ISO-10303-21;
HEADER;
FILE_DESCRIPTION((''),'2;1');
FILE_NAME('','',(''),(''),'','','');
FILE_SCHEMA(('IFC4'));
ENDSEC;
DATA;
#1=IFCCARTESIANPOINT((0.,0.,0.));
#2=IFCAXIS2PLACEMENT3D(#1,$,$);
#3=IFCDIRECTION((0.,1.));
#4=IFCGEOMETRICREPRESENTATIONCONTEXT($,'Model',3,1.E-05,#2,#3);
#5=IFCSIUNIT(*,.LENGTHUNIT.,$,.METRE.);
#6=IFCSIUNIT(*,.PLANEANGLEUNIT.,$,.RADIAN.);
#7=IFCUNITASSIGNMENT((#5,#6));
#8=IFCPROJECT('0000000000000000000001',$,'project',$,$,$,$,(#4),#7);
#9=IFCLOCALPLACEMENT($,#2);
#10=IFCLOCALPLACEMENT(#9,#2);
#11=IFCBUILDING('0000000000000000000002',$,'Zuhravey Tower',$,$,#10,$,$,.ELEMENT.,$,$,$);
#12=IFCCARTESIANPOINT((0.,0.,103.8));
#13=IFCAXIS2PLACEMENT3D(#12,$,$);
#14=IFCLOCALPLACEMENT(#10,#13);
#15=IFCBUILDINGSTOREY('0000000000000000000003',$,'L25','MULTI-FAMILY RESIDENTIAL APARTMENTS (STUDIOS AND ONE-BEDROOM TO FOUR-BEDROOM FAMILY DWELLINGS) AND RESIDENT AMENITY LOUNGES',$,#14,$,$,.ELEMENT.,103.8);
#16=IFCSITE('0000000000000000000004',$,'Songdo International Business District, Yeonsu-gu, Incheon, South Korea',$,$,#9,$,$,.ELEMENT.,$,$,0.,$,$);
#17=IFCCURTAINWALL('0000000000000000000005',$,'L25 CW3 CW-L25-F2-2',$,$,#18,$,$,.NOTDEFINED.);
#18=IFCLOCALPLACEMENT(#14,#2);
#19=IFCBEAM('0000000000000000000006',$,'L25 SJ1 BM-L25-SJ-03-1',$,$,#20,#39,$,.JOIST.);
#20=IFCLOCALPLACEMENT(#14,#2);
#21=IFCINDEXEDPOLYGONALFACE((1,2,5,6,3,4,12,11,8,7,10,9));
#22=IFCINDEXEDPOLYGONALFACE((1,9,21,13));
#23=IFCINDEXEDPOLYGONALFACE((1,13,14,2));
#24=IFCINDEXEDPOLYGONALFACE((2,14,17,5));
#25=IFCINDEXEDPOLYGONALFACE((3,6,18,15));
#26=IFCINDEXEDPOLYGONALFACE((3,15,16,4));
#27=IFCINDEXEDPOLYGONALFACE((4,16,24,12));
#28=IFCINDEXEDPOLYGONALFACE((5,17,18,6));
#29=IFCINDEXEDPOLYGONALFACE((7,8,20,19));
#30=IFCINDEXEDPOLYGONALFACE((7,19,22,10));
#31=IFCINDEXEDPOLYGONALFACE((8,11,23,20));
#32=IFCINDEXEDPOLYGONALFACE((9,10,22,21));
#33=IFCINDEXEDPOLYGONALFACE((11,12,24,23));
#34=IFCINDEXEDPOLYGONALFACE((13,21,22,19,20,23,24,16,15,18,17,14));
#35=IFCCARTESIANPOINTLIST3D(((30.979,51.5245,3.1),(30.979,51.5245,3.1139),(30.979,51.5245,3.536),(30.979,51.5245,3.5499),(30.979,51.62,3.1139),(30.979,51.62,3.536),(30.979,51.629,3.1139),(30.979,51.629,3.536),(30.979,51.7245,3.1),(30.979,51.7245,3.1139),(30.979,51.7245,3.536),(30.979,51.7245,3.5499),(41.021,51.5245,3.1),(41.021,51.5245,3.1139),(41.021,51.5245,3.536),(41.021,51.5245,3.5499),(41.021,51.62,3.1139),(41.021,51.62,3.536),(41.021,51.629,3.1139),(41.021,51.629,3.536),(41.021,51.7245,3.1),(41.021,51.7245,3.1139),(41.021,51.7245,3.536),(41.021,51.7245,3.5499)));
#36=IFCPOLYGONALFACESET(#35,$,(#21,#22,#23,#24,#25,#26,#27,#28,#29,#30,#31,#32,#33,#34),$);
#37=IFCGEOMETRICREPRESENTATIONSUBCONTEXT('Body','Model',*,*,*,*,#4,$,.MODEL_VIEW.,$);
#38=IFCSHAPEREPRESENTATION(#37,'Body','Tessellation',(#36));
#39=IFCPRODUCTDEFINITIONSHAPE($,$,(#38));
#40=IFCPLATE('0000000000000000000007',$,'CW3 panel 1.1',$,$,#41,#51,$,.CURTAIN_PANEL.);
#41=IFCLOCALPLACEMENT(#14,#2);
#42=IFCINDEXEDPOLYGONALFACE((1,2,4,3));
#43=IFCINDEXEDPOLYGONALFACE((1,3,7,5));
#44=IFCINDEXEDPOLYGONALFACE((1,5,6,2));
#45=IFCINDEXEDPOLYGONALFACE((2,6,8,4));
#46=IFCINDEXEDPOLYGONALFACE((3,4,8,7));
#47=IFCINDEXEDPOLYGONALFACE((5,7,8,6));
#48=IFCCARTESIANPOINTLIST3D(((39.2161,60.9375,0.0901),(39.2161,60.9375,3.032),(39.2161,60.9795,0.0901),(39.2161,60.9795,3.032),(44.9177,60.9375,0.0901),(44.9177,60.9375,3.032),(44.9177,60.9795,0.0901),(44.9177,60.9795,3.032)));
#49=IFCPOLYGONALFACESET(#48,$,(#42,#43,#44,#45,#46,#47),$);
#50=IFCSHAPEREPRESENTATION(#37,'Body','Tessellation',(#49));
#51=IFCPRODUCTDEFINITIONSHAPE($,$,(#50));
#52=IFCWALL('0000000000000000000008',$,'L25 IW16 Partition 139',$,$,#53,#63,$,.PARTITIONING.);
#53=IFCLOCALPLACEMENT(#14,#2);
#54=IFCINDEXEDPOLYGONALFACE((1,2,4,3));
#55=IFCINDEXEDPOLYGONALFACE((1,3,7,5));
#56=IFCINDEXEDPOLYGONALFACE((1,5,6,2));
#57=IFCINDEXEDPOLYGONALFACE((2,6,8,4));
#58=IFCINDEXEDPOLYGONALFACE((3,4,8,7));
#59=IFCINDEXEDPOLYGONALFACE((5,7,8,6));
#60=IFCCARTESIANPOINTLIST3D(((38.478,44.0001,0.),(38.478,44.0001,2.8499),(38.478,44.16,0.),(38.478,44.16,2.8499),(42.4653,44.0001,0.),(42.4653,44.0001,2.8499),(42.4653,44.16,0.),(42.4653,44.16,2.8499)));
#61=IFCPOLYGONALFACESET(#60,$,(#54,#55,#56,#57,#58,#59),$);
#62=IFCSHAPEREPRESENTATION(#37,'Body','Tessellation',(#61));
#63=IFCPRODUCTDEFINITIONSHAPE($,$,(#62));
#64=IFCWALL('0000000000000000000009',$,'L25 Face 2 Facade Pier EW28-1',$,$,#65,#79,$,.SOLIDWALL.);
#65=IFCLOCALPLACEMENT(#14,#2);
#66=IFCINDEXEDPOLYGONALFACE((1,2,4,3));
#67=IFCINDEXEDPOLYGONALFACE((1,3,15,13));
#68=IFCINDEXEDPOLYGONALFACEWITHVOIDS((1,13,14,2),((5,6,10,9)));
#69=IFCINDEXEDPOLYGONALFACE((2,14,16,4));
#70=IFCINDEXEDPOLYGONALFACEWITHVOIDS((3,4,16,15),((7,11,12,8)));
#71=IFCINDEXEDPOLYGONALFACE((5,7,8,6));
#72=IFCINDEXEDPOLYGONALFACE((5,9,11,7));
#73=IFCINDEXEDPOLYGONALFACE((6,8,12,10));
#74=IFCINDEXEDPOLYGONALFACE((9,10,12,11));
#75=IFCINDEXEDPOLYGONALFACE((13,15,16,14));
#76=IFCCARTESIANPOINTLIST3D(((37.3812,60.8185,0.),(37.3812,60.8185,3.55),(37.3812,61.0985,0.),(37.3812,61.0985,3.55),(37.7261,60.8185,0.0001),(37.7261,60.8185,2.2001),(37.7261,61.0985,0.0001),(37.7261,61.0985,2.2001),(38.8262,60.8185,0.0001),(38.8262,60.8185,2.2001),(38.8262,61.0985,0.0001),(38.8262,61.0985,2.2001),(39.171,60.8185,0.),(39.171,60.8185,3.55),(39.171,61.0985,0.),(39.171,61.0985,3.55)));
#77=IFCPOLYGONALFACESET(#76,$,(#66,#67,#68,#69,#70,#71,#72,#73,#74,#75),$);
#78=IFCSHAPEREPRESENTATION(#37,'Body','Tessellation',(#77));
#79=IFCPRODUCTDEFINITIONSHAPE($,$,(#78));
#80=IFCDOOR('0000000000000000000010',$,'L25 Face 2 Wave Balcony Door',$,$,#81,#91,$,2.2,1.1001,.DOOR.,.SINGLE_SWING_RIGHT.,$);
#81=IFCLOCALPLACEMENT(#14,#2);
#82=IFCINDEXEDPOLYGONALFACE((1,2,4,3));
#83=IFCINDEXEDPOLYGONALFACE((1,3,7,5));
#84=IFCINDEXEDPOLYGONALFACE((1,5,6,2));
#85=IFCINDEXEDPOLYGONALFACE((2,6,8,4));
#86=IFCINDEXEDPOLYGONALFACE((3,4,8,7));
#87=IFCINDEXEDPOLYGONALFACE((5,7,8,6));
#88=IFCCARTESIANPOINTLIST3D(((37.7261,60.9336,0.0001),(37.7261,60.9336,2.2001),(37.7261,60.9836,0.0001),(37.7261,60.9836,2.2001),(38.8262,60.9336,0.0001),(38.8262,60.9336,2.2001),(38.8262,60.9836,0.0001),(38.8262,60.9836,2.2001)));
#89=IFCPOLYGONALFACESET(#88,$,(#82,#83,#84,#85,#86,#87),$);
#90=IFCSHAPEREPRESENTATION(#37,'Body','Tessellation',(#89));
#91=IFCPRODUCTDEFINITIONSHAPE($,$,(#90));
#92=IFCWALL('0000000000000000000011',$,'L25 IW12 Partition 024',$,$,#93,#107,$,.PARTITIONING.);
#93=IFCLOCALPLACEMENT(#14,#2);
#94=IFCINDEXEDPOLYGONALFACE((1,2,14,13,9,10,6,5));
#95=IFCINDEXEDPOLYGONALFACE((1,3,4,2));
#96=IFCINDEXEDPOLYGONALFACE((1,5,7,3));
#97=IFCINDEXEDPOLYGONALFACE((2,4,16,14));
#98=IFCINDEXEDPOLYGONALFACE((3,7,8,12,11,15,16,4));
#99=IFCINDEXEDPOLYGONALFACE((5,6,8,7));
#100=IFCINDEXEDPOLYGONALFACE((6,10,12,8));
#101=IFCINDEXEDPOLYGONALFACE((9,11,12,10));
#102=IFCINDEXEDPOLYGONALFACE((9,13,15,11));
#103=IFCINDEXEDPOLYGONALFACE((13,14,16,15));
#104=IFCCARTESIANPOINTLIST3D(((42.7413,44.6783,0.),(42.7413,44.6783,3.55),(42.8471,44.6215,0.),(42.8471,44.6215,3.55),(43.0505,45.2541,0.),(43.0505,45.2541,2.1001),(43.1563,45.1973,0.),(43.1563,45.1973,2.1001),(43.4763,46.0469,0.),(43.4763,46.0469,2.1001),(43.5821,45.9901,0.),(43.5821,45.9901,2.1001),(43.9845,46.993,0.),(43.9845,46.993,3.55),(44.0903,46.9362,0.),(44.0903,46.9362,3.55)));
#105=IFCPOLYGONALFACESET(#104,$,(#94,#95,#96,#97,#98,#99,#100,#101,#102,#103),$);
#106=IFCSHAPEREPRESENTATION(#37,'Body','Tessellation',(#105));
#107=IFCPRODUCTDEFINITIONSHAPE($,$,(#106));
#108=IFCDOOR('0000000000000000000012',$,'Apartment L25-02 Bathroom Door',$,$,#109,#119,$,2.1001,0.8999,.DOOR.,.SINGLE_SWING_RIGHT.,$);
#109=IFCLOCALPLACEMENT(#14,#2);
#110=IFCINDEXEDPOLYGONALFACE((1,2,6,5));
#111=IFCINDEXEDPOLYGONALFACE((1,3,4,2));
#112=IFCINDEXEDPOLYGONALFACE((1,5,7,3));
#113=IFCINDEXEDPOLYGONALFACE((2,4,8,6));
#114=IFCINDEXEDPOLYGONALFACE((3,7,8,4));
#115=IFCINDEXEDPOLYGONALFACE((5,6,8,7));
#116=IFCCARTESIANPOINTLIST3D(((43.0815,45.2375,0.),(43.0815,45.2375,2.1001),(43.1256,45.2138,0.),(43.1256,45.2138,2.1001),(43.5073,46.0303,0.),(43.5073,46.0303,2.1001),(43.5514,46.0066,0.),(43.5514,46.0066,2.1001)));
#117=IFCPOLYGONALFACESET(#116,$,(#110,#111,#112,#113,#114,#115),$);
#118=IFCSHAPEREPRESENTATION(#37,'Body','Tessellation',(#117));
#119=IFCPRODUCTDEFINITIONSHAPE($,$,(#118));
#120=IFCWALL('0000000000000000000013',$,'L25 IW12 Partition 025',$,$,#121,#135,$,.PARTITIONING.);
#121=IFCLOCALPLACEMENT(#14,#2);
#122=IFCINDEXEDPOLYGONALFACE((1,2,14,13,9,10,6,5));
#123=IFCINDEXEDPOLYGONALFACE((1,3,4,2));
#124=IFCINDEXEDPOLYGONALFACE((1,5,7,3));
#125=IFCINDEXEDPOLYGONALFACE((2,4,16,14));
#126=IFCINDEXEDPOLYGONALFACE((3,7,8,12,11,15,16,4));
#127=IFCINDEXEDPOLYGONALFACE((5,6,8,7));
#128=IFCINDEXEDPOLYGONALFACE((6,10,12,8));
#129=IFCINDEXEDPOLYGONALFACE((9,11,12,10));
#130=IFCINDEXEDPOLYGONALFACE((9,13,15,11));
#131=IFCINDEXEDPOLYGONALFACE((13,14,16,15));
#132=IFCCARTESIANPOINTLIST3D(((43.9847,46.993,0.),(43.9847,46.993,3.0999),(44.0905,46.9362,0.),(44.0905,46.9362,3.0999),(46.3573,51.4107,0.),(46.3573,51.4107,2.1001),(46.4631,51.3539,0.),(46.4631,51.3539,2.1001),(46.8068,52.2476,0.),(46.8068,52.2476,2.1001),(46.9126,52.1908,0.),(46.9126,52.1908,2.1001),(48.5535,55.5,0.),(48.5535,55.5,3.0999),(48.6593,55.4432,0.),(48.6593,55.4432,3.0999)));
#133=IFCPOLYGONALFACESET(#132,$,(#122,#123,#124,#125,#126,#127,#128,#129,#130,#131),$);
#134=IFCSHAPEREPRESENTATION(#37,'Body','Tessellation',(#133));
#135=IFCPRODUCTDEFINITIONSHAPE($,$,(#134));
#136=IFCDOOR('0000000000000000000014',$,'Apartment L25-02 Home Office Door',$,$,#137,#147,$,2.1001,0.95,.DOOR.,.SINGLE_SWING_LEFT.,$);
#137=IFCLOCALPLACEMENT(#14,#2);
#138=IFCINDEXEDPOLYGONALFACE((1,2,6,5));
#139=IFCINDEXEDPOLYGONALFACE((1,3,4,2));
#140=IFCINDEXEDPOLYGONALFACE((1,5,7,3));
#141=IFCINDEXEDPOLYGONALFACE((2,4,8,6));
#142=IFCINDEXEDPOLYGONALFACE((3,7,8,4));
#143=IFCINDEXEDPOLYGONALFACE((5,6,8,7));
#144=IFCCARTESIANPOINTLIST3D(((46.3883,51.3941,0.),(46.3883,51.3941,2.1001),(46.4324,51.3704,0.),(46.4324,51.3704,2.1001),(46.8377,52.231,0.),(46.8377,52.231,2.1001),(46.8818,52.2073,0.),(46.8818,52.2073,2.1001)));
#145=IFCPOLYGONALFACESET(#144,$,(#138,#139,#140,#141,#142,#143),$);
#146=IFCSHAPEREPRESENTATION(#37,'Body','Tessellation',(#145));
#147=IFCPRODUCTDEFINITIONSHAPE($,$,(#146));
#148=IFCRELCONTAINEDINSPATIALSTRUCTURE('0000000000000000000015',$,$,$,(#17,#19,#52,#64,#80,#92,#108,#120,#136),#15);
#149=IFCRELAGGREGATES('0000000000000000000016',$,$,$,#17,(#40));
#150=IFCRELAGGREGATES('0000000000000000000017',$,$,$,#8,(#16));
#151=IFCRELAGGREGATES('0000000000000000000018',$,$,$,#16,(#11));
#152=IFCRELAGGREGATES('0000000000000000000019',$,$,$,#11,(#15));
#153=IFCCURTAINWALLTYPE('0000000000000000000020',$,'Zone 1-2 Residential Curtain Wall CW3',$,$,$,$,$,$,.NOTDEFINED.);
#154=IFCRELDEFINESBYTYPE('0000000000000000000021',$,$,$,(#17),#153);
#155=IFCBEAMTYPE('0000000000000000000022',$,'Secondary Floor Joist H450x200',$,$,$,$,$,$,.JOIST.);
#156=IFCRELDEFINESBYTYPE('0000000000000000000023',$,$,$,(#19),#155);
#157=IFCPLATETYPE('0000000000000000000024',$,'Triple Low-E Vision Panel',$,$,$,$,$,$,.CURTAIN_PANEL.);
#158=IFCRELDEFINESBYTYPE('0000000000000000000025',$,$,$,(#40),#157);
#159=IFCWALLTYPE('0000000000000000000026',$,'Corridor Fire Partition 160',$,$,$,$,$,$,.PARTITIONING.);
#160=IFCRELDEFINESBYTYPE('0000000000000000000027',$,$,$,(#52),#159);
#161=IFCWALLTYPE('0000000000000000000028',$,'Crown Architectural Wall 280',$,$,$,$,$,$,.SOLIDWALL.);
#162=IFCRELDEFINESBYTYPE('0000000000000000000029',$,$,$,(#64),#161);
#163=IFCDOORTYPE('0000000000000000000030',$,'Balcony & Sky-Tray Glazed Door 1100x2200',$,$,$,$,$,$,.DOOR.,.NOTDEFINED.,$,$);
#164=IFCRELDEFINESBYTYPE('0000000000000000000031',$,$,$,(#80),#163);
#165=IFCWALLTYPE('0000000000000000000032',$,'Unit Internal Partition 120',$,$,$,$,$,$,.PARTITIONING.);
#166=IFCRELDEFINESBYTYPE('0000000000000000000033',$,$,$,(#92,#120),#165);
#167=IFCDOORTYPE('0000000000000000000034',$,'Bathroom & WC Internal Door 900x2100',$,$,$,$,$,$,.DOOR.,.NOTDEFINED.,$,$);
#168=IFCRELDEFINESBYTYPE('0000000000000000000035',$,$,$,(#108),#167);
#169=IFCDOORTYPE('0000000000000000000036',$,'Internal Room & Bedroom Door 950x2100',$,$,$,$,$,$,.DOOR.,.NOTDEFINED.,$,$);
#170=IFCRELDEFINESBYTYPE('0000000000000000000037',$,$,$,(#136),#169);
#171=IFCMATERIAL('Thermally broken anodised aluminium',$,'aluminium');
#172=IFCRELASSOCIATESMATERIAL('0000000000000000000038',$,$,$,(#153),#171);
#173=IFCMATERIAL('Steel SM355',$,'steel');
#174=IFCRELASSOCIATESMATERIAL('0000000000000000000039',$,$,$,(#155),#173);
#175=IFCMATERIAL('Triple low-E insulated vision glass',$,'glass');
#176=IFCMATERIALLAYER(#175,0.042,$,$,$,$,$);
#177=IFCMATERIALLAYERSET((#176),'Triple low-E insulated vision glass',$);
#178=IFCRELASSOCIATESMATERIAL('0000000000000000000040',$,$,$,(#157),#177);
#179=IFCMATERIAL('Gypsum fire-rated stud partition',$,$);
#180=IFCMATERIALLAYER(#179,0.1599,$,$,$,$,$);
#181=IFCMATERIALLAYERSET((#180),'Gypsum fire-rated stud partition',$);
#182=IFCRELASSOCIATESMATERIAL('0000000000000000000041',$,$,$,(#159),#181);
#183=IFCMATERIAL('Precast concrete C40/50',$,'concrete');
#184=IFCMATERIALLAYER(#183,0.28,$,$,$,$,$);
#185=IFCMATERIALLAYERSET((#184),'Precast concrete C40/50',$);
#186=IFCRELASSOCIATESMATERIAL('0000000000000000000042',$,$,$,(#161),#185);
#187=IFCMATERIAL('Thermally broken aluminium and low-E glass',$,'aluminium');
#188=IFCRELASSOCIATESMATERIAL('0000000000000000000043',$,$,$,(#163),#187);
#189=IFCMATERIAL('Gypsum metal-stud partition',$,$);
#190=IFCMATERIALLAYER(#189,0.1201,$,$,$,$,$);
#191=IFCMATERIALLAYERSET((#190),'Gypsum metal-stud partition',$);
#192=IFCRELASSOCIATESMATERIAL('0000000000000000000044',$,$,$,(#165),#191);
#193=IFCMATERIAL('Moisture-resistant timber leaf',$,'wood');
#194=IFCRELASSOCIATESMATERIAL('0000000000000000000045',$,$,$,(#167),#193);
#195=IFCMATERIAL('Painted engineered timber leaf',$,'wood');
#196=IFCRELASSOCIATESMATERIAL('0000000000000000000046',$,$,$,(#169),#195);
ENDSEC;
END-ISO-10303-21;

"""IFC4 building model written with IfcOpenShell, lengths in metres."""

from ifc_helpers import new_model, si_unit, direction, frame, frame_2d, origin, origin_2d, place, context, subcontext, project, spatial, rectangle, i_section, extrude, material, layer, layer_set, material_profile, profile_set, type_object, element, fill, aggregate, save


model = new_model("IFC4")

# Units and contexts
model_context = context("Model", 3, precision=1e-05, world=origin(), true_north=direction((0.0, 1.0)))
body_context = subcontext(model_context, "Body", "Model", "MODEL_VIEW")
ifc_project = project(units=[si_unit("LENGTHUNIT", "METRE"), si_unit("PLANEANGLEUNIT", "RADIAN")], contexts=[model_context])

# Site, building, storey
site_placement = place(None, origin())
site = spatial("IfcSite", under=ifc_project, at=site_placement, Name="Songdo International Business District, Yeonsu-gu, Incheon, South Korea", CompositionType="ELEMENT", RefElevation=0.0)
building_placement = place(site_placement, origin())
building = spatial("IfcBuilding", under=site, at=building_placement, Name="Zuhravey Tower", CompositionType="ELEMENT")
storey_placement = place(building_placement, frame((0.0, 0.0, 103.8)))
storey = spatial("IfcBuildingStorey", under=building, at=storey_placement, Name="L25", Description="MULTI-FAMILY RESIDENTIAL APARTMENTS (STUDIOS AND ONE-BEDROOM TO FOUR-BEDROOM FAMILY DWELLINGS) AND RESIDENT AMENITY LOUNGES", CompositionType="ELEMENT", Elevation=103.8)

# Shared definitions
ifc_material_1 = material(Name="Thermally broken anodised aluminium", Category="aluminium")
curtain_wall_type = type_object("IfcCurtainWallType", Name="Zone 1-2 Residential Curtain Wall CW3", PredefinedType="NOTDEFINED", material=ifc_material_1)

# Curtain wall
curtain_wall_1_placement = place(storey_placement, origin())
curtain_wall_1 = element("IfcCurtainWall", 1, at=curtain_wall_1_placement, inside=storey, type_object=curtain_wall_type, Name="L25 CW3 CW-L25-F2-2", PredefinedType="NOTDEFINED")

# Beam
ifc_material_2 = material(Name="Steel SM355", Category="steel")
ifc_material_profile_1 = material_profile(ifc_material_2, i_section(OverallWidth=0.2, OverallDepth=0.45, WebThickness=0.009, FlangeThickness=0.0139, at=origin_2d()), Name="H-450x200x9x14")
ifc_profile_set_1 = profile_set([ifc_material_profile_1], Name="Steel SM355")
beam_type_1 = type_object("IfcBeamType", Name="Secondary Floor Joist H450x200", PredefinedType="JOIST", material=ifc_profile_set_1)
beam_1_placement = place(storey_placement, frame((41.021, 51.6245, 3.325), z_axis=(-1.0, 0.0, 0.0), x_axis=(0.0, -1.0, 0.0)))
element("IfcBeam", 2, at=beam_1_placement, inside=storey, type_object=beam_type_1, Name="L25 SJ1 BM-L25-SJ-03-1", PredefinedType="JOIST", context=body_context, shape_type="SweptSolid", body=[
    extrude(i_section(OverallWidth=0.2, OverallDepth=0.45, WebThickness=0.009, FlangeThickness=0.0139, at=origin_2d()), origin(), (0.0, 0.0, 1.0), 10.042),
])

# Plate
ifc_material_3 = material(Name="Triple low-E insulated vision glass", Category="glass")
ifc_layer_1 = layer(ifc_material_3, 0.042)
ifc_layer_set_1 = layer_set([ifc_layer_1], Name="Triple low-E insulated vision glass")
plate_type = type_object("IfcPlateType", Name="Triple Low-E Vision Panel", PredefinedType="CURTAIN_PANEL", material=ifc_layer_set_1)
plate_placement = place(storey_placement, frame((42.0669, 60.9585, 0.0901), z_axis=(0.0, 0.0, 1.0), x_axis=(1.0, 0.0, 0.0)))
plate = element("IfcPlate", 3, at=plate_placement, type_object=plate_type, Name="CW3 panel 1.1", PredefinedType="CURTAIN_PANEL", context=body_context, shape_type="SweptSolid", body=[
    extrude(rectangle(XDim=5.7017, YDim=0.042, at=origin_2d()), origin(), (0.0, 0.0, 1.0), 2.9419),
])
aggregate(curtain_wall_1, [plate])

# Shared definitions
ifc_material_4 = material(Name="Gypsum fire-rated stud partition")
ifc_layer_2 = layer(ifc_material_4, 0.1599)
ifc_layer_set_2 = layer_set([ifc_layer_2], Name="Gypsum fire-rated stud partition")
wall_type_1 = type_object("IfcWallType", Name="Corridor Fire Partition 160", PredefinedType="PARTITIONING", material=ifc_layer_set_2)

# Wall
wall_1_placement = place(storey_placement, frame((42.4653, 44.0801, 0.0), z_axis=(0.0, 0.0, 1.0), x_axis=(-1.0, 0.0, 0.0)))
element("IfcWall", 4, at=wall_1_placement, inside=storey, type_object=wall_type_1, Name="L25 IW16 Partition 139", PredefinedType="PARTITIONING", context=body_context, shape_type="SweptSolid", body=[
    extrude(rectangle(XDim=3.9873, YDim=0.1599, at=frame_2d((1.9937, 0.0))), origin(), (0.0, 0.0, 1.0), 2.8499),
])

# Walls, openings, doors
ifc_material_5 = material(Name="Precast concrete C40/50", Category="concrete")
ifc_layer_3 = layer(ifc_material_5, 0.28)
ifc_layer_set_3 = layer_set([ifc_layer_3], Name="Precast concrete C40/50")
wall_type_2 = type_object("IfcWallType", Name="Crown Architectural Wall 280", PredefinedType="SOLIDWALL", material=ifc_layer_set_3)
wall_2_placement = place(storey_placement, frame((37.3811, 60.9585, 0.0), z_axis=(0.0, 0.0, 1.0), x_axis=(1.0, 0.0, 0.0)))
wall_2 = element("IfcWall", 5, at=wall_2_placement, inside=storey, type_object=wall_type_2, Name="L25 Face 2 Facade Pier EW28-1", PredefinedType="SOLIDWALL", context=body_context, shape_type="SweptSolid", body=[
    extrude(rectangle(XDim=1.7898, YDim=0.28, at=frame_2d((0.895, 0.0))), origin(), (0.0, 0.0, 1.0), 3.55),
])
opening_1_placement = place(wall_2_placement, frame((0.345, 0.0, 0.0)))
opening_1 = element("IfcOpeningElement", 6, at=opening_1_placement, cuts=wall_2, PredefinedType="OPENING", context=body_context, shape_type="SweptSolid", body=[
    extrude(rectangle(XDim=1.1001, YDim=2.2, at=frame_2d((0.55, 1.1001))), frame((0.0, 0.1521, 0.0), z_axis=(0.0, -1.0, 0.0), x_axis=(1.0, 0.0, 0.0)), (0.0, 0.0, 1.0), 0.304),
])
ifc_material_6 = material(Name="Thermally broken aluminium and low-E glass", Category="aluminium")
door_type_1 = type_object("IfcDoorType", Name="Balcony & Sky-Tray Glazed Door 1100x2200", OperationType="NOTDEFINED", PredefinedType="DOOR", material=ifc_material_6)
door_1_placement = place(opening_1_placement, frame((1.1001, 0.0, 0.0), z_axis=(0.0, 0.0, 1.0), x_axis=(-1.0, 0.0, 0.0)))
door_1 = element("IfcDoor", 7, at=door_1_placement, inside=storey, type_object=door_type_1, Name="L25 Face 2 Wave Balcony Door", OperationType="SINGLE_SWING_RIGHT", OverallHeight=2.2, OverallWidth=1.1001, PredefinedType="DOOR", context=body_context, shape_type="SweptSolid", body=[
    extrude(rectangle(XDim=1.1001, YDim=2.2, at=frame_2d((0.55, 1.1001))), frame((0.0, 0.0249, 0.0), z_axis=(0.0, -1.0, 0.0), x_axis=(1.0, 0.0, 0.0)), (0.0, 0.0, 1.0), 0.05),
])
fill(opening_1, door_1)
ifc_material_7 = material(Name="Gypsum metal-stud partition")
ifc_layer_4 = layer(ifc_material_7, 0.1201)
ifc_layer_set_4 = layer_set([ifc_layer_4], Name="Gypsum metal-stud partition")
wall_type_3 = type_object("IfcWallType", Name="Unit Internal Partition 120", PredefinedType="PARTITIONING", material=ifc_layer_set_4)
wall_3_placement = place(storey_placement, frame((42.7942, 44.6499, 0.0), z_axis=(0.0, 0.0, 1.0), x_axis=(0.473152, 0.880981, 0.0)))
wall_3 = element("IfcWall", 8, at=wall_3_placement, inside=storey, type_object=wall_type_3, Name="L25 IW12 Partition 024", PredefinedType="PARTITIONING", context=body_context, shape_type="SweptSolid", body=[
    extrude(rectangle(XDim=2.6274, YDim=0.1201, at=frame_2d((1.3137, 0.0))), origin(), (0.0, 0.0, 1.0), 3.55),
])
opening_2_placement = place(wall_3_placement, frame((0.6536, 0.0, 0.0)))
opening_2 = element("IfcOpeningElement", 9, at=opening_2_placement, cuts=wall_3, PredefinedType="OPENING", context=body_context, shape_type="SweptSolid", body=[
    extrude(rectangle(XDim=0.8999, YDim=2.1001, at=frame_2d((0.45, 1.05))), frame((0.0, 0.072, 0.0), z_axis=(0.0, -1.0, 0.0), x_axis=(1.0, 0.0, 0.0)), (0.0, 0.0, 1.0), 0.144),
])
ifc_material_8 = material(Name="Moisture-resistant timber leaf", Category="wood")
door_type_2 = type_object("IfcDoorType", Name="Bathroom & WC Internal Door 900x2100", OperationType="NOTDEFINED", PredefinedType="DOOR", material=ifc_material_8)
door_2_placement = place(opening_2_placement, origin())
door_2 = element("IfcDoor", 10, at=door_2_placement, inside=storey, type_object=door_type_2, Name="Apartment L25-02 Bathroom Door", OperationType="SINGLE_SWING_RIGHT", OverallHeight=2.1001, OverallWidth=0.8999, PredefinedType="DOOR", context=body_context, shape_type="SweptSolid", body=[
    extrude(rectangle(XDim=0.8999, YDim=2.1001, at=frame_2d((0.45, 1.05))), frame((0.0, 0.0249, 0.0), z_axis=(0.0, -1.0, 0.0), x_axis=(1.0, 0.0, 0.0)), (0.0, 0.0, 1.0), 0.05),
])
fill(opening_2, door_2)
wall_4_placement = place(storey_placement, frame((44.0376, 46.9646, 0.0), z_axis=(0.0, 0.0, 1.0), x_axis=(0.473145, 0.880984, 0.0)))
wall_4 = element("IfcWall", 11, at=wall_4_placement, inside=storey, type_object=wall_type_3, Name="L25 IW12 Partition 025", PredefinedType="PARTITIONING", context=body_context, shape_type="SweptSolid", body=[
    extrude(rectangle(XDim=9.6562, YDim=0.1201, at=frame_2d((4.8281, 0.0))), origin(), (0.0, 0.0, 1.0), 3.0999),
])
opening_3_placement = place(wall_4_placement, frame((5.0144, 0.0, 0.0)))
opening_3 = element("IfcOpeningElement", 12, at=opening_3_placement, cuts=wall_4, PredefinedType="OPENING", context=body_context, shape_type="SweptSolid", body=[
    extrude(rectangle(XDim=0.95, YDim=2.1001, at=frame_2d((0.4751, 1.05))), frame((0.0, 0.072, 0.0), z_axis=(0.0, -1.0, 0.0), x_axis=(1.0, 0.0, 0.0)), (0.0, 0.0, 1.0), 0.144),
])
ifc_material_9 = material(Name="Painted engineered timber leaf", Category="wood")
door_type_3 = type_object("IfcDoorType", Name="Internal Room & Bedroom Door 950x2100", OperationType="NOTDEFINED", PredefinedType="DOOR", material=ifc_material_9)
door_3_placement = place(opening_3_placement, origin())
door_3 = element("IfcDoor", 13, at=door_3_placement, inside=storey, type_object=door_type_3, Name="Apartment L25-02 Home Office Door", OperationType="SINGLE_SWING_LEFT", OverallHeight=2.1001, OverallWidth=0.95, PredefinedType="DOOR", context=body_context, shape_type="SweptSolid", body=[
    extrude(rectangle(XDim=0.95, YDim=2.1001, at=frame_2d((0.4751, 1.05))), frame((0.0, 0.0249, 0.0), z_axis=(0.0, -1.0, 0.0), x_axis=(1.0, 0.0, 0.0)), (0.0, 0.0, 1.0), 0.05),
])
fill(opening_3, door_3)

save(model, "model.ifc")
